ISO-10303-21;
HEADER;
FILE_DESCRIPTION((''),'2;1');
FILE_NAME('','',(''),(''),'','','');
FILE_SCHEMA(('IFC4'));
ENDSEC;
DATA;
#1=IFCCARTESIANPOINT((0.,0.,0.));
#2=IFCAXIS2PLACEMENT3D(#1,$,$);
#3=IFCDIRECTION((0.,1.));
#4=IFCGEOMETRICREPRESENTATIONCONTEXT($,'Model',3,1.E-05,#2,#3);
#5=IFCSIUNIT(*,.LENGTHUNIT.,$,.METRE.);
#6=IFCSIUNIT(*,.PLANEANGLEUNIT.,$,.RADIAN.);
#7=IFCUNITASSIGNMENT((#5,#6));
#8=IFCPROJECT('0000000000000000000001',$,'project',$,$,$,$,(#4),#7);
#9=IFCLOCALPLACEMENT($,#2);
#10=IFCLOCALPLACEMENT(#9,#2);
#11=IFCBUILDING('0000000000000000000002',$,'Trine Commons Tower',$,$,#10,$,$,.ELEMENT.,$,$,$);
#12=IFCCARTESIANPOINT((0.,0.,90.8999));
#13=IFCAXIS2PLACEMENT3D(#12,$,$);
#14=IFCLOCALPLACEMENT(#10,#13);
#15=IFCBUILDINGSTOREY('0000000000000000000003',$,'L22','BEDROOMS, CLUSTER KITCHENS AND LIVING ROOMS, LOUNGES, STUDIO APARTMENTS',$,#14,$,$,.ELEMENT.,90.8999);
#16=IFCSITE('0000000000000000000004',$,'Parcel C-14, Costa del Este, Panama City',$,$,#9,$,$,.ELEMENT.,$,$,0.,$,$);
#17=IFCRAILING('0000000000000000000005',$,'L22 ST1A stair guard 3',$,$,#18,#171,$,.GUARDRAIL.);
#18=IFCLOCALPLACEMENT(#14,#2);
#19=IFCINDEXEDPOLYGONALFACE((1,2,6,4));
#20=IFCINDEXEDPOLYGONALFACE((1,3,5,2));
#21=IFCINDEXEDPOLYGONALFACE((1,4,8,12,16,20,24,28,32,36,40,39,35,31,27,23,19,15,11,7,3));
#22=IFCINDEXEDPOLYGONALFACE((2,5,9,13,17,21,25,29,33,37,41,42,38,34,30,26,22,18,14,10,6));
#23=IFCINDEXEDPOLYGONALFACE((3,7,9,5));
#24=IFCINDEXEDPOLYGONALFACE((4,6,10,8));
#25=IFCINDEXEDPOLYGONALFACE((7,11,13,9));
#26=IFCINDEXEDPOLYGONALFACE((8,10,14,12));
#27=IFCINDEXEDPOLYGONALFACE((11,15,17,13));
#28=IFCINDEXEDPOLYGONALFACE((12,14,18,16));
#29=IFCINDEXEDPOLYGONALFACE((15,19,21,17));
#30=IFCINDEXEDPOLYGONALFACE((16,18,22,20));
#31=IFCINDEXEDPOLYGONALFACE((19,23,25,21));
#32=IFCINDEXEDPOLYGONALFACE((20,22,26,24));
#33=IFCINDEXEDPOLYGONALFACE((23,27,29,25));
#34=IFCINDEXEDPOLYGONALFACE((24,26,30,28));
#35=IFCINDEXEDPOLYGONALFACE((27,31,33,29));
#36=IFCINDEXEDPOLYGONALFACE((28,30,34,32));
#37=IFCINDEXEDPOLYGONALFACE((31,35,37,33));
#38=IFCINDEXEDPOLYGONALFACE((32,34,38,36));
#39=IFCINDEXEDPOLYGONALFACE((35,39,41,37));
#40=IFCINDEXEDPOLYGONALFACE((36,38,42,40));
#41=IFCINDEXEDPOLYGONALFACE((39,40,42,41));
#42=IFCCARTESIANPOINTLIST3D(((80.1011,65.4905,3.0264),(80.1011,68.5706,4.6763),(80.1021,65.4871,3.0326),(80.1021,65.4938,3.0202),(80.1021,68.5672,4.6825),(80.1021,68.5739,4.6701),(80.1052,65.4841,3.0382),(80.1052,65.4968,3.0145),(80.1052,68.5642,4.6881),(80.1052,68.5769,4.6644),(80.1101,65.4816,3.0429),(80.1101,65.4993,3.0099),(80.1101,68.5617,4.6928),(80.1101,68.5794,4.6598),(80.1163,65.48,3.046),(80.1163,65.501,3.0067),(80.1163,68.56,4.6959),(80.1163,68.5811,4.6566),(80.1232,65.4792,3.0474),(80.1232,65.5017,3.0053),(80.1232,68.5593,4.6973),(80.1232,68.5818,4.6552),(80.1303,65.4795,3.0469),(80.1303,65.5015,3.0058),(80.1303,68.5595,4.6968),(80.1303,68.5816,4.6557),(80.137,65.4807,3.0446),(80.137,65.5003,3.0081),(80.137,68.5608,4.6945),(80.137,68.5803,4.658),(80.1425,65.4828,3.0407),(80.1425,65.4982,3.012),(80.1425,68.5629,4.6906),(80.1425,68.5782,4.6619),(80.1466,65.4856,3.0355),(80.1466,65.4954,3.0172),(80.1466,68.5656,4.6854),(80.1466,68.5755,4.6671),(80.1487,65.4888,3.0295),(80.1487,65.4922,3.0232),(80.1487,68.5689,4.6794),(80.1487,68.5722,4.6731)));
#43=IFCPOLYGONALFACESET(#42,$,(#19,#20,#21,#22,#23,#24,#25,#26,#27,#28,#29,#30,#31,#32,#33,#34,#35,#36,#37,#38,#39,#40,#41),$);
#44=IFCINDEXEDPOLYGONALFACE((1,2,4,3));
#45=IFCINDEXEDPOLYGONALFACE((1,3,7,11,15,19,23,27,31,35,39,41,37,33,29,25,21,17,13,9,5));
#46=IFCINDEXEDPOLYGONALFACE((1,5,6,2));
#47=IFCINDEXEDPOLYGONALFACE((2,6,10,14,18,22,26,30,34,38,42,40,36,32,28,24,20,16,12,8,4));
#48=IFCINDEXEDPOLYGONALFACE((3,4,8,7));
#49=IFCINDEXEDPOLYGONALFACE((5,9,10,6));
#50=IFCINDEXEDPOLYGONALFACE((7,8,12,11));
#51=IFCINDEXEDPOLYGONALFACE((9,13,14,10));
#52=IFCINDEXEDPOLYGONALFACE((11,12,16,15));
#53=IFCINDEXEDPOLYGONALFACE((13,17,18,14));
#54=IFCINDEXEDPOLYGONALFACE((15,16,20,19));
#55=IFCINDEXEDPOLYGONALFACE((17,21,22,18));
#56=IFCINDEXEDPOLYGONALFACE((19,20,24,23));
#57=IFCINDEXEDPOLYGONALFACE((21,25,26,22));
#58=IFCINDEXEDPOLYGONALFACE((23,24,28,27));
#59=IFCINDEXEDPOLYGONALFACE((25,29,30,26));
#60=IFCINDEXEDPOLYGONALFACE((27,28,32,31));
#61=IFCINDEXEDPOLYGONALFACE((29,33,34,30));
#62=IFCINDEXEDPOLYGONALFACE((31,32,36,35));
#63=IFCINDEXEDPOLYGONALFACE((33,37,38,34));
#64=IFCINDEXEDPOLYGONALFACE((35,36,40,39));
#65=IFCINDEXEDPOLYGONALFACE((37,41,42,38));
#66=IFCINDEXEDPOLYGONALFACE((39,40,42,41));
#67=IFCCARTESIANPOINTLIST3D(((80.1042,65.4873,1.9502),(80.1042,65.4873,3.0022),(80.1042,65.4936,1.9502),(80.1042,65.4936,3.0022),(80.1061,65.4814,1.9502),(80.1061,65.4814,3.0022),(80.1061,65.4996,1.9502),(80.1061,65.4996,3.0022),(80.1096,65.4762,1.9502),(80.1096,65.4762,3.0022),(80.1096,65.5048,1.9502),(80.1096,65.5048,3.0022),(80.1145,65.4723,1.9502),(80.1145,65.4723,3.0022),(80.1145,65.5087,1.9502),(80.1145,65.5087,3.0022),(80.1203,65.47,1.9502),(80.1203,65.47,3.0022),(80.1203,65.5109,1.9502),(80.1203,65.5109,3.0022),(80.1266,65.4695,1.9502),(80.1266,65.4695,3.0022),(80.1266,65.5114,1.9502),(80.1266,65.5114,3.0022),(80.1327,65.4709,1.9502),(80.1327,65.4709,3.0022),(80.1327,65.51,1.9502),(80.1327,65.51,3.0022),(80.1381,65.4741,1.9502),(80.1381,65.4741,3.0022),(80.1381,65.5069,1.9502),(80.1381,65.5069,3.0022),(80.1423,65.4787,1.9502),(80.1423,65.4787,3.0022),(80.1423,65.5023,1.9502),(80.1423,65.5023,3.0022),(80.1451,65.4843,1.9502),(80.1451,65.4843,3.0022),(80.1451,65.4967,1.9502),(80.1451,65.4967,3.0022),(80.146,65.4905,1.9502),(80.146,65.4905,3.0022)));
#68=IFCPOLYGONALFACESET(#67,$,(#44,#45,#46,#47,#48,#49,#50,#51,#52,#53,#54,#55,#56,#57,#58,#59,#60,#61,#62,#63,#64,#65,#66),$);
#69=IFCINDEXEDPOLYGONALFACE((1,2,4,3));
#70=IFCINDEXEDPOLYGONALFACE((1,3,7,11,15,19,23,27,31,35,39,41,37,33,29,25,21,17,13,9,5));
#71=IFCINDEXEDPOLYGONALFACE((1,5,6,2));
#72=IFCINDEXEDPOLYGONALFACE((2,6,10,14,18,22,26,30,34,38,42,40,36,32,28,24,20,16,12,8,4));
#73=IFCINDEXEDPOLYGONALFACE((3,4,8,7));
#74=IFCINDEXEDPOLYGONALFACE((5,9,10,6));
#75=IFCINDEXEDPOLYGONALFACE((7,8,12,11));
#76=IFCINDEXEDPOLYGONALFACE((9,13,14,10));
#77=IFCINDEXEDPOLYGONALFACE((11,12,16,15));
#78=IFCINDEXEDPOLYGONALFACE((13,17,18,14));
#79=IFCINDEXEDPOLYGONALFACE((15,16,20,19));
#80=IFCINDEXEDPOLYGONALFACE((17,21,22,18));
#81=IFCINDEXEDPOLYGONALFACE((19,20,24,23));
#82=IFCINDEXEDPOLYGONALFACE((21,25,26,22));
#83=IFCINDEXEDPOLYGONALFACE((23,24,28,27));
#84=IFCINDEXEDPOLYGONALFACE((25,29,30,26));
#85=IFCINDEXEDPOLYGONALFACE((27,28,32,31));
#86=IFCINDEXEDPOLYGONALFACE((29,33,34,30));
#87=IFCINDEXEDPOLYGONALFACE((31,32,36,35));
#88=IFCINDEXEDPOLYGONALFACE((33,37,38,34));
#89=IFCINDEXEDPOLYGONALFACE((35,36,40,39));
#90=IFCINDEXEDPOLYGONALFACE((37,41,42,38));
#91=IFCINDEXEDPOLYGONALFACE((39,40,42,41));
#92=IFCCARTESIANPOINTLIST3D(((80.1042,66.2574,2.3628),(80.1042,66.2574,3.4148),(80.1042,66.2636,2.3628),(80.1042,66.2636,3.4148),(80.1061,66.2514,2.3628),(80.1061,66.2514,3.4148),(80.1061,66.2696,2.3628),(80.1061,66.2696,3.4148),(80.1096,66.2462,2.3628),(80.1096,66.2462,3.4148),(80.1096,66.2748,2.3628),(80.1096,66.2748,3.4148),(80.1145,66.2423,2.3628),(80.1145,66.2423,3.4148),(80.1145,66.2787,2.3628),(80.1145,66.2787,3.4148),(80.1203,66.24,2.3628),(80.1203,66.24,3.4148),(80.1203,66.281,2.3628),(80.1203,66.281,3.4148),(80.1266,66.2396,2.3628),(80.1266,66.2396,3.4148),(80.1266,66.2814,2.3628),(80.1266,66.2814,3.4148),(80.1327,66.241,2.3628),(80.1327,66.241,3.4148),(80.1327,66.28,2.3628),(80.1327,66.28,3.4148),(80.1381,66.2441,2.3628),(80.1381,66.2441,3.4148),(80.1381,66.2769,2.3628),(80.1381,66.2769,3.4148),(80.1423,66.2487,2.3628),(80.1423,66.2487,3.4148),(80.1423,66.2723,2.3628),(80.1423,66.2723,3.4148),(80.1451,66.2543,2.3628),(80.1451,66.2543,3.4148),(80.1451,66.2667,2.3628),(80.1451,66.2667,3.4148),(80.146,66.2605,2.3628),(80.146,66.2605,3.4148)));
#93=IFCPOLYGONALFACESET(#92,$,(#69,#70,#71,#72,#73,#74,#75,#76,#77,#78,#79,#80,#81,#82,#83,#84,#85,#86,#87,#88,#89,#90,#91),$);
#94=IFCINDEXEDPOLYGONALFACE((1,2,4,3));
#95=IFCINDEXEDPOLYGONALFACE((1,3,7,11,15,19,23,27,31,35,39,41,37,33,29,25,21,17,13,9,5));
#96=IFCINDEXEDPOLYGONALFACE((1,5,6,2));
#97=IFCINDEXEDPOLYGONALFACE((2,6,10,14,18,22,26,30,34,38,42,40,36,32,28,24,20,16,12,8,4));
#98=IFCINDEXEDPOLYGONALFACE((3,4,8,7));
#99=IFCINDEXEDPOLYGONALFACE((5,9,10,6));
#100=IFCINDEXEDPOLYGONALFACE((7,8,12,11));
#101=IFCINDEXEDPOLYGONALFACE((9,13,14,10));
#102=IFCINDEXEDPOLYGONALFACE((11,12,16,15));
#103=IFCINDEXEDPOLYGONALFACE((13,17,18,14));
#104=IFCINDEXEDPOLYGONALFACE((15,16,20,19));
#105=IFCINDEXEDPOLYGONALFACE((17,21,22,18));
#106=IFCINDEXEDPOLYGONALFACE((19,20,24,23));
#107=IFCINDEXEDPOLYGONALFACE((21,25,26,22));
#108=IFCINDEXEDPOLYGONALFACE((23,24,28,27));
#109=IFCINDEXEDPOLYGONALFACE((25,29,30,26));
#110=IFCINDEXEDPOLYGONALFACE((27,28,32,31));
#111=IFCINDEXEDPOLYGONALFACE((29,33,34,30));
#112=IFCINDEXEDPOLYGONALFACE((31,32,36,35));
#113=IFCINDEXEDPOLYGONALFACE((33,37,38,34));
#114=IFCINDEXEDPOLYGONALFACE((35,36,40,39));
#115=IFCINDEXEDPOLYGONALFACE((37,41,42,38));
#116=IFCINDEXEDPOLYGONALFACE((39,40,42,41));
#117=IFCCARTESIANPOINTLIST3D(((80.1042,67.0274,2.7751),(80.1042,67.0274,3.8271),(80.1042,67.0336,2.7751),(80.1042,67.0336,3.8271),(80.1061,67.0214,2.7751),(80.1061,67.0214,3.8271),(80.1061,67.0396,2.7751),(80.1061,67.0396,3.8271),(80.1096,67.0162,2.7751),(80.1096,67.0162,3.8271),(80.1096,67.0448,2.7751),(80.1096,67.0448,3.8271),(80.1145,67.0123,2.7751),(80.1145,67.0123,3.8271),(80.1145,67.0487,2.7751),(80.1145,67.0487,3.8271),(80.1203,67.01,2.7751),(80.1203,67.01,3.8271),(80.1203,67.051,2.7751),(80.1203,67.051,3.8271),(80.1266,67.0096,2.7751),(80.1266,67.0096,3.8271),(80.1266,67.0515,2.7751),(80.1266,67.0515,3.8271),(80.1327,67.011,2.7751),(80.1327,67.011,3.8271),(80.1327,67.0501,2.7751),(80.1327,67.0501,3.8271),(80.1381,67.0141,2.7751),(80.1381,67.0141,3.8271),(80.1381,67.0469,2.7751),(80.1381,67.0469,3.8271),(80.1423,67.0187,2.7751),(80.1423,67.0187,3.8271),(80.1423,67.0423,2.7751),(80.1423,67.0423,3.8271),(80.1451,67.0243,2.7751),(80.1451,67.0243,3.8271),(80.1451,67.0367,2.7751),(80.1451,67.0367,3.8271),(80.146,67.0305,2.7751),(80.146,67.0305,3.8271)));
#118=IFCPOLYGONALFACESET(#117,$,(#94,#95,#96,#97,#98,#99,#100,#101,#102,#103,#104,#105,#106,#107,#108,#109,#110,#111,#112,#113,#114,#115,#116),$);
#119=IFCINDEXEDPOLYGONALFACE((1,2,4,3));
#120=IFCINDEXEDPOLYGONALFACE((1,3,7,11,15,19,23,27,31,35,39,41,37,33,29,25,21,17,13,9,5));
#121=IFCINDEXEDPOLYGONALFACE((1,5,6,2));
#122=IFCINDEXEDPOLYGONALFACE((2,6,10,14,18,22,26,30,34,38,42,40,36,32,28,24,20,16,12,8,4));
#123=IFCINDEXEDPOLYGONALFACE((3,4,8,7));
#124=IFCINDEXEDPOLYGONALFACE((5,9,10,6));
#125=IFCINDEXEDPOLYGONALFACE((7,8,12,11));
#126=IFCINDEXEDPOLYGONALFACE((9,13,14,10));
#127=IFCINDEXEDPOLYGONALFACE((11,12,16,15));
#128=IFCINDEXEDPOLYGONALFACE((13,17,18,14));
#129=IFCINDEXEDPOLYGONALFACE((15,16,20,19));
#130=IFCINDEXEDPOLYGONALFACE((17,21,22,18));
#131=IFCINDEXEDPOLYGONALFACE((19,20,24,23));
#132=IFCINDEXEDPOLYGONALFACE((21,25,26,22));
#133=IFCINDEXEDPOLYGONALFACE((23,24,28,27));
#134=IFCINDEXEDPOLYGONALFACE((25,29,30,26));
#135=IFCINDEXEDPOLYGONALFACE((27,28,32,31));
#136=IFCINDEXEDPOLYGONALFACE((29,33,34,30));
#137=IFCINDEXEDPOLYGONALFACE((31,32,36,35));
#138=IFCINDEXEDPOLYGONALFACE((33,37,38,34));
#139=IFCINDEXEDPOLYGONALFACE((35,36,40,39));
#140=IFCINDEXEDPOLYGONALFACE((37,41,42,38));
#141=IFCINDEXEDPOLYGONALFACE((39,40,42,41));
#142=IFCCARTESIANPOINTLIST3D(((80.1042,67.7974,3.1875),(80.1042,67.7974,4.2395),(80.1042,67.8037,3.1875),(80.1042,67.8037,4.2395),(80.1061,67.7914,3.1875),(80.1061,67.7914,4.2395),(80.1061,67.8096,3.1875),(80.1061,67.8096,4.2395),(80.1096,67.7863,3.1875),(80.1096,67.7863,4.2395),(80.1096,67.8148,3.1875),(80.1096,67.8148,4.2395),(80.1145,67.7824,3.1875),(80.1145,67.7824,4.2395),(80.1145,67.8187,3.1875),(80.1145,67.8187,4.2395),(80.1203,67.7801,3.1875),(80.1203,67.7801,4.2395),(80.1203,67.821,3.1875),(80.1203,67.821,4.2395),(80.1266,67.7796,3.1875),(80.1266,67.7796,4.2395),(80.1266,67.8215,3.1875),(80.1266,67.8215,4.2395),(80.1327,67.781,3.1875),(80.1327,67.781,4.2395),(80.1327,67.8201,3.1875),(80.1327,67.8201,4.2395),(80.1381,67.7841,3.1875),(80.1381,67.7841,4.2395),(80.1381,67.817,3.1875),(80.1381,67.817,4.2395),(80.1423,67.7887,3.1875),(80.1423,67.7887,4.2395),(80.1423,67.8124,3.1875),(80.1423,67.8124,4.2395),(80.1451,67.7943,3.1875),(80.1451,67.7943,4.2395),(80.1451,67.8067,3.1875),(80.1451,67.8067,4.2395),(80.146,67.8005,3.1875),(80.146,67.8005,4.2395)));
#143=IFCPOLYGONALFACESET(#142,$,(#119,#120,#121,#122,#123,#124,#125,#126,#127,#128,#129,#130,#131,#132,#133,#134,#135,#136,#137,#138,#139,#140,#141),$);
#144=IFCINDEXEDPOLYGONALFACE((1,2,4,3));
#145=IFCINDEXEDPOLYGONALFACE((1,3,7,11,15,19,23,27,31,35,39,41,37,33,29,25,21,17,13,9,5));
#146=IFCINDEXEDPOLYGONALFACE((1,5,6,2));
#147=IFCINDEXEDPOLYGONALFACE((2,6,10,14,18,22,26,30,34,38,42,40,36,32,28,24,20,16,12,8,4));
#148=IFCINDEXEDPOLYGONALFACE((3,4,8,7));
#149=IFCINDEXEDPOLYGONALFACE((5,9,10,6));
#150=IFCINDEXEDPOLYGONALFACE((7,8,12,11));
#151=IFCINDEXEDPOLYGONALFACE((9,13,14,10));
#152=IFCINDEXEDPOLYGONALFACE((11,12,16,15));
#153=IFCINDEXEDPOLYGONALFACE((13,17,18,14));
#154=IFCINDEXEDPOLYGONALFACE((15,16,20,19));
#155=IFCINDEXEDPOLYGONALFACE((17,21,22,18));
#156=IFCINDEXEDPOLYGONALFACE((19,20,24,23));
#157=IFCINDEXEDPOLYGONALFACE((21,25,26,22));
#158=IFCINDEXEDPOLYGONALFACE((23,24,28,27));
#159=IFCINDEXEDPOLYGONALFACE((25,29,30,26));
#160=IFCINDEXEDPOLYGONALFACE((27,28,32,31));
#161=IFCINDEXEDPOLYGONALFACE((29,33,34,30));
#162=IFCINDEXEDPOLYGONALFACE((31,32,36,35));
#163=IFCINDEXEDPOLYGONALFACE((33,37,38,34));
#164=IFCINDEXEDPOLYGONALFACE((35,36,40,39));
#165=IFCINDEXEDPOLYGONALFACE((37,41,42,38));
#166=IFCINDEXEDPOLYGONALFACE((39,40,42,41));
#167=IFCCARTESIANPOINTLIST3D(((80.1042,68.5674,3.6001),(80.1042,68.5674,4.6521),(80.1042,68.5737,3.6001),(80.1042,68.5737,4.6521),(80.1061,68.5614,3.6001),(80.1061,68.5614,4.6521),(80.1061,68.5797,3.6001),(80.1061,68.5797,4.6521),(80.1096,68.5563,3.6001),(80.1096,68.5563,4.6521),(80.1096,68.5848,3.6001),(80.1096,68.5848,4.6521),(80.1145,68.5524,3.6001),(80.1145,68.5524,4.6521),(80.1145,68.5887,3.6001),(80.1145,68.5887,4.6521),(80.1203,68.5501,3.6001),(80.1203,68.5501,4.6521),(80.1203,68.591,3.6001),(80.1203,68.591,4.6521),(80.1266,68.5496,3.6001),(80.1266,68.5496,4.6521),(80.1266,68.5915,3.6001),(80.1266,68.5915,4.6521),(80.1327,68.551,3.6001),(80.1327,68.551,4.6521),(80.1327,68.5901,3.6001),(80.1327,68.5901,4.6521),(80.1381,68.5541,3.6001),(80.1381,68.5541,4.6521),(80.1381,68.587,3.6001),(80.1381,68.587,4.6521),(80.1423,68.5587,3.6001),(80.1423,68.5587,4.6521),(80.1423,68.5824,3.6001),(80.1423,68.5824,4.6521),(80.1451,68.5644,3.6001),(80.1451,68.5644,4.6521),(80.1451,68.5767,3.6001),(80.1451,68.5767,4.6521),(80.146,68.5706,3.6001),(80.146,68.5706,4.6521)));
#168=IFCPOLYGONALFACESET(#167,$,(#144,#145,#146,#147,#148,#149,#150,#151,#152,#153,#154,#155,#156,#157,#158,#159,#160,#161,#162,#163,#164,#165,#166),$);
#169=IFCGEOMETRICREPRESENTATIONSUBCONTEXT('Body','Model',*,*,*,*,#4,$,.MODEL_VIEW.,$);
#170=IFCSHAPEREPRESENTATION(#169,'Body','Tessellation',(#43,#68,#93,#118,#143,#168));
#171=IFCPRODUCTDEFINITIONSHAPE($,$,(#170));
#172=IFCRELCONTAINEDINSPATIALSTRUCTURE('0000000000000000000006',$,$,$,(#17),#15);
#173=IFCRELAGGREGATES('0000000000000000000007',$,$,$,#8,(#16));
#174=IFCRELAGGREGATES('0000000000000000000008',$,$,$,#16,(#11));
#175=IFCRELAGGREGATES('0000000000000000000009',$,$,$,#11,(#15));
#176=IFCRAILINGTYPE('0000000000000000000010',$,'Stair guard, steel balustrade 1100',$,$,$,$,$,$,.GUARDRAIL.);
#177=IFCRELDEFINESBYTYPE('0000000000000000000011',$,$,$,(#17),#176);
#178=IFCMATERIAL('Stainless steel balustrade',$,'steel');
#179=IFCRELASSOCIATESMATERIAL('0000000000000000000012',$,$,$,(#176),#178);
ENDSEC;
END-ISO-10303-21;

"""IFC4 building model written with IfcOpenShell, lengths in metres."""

from ifc_helpers import new_model, si_unit, direction, frame, origin, origin_2d, place, context, subcontext, project, spatial, circle, extrude, material, type_object, element, save


model = new_model("IFC4")

# Units and contexts
model_context = context("Model", 3, precision=1e-05, world=origin(), true_north=direction((0.0, 1.0)))
body_context = subcontext(model_context, "Body", "Model", "MODEL_VIEW")
ifc_project = project(units=[si_unit("LENGTHUNIT", "METRE"), si_unit("PLANEANGLEUNIT", "RADIAN")], contexts=[model_context])

# Site, building, storey
site_placement = place(None, origin())
site = spatial("IfcSite", under=ifc_project, at=site_placement, Name="Parcel C-14, Costa del Este, Panama City", CompositionType="ELEMENT", RefElevation=0.0)
building_placement = place(site_placement, origin())
building = spatial("IfcBuilding", under=site, at=building_placement, Name="Trine Commons Tower", CompositionType="ELEMENT")
storey_placement = place(building_placement, frame((0.0, 0.0, 90.8999)))
storey = spatial("IfcBuildingStorey", under=building, at=storey_placement, Name="L22", Description="BEDROOMS, CLUSTER KITCHENS AND LIVING ROOMS, LOUNGES, STUDIO APARTMENTS", CompositionType="ELEMENT", Elevation=90.8999)

# Railing
ifc_material_1 = material(Name="Stainless steel balustrade", Category="steel")
railing_type_1 = type_object("IfcRailingType", Name="Stair guard, steel balustrade 1100", PredefinedType="GUARDRAIL", material=ifc_material_1)
railing_1_placement = place(storey_placement, frame((80.125, 65.4905, 1.9502)))
element("IfcRailing", 1, at=railing_1_placement, inside=storey, type_object=railing_type_1, Name="L22 ST1A stair guard 3", PredefinedType="GUARDRAIL", context=body_context, shape_type="SweptSolid", body=[
    extrude(circle(Radius=0.0239, at=origin_2d()), frame((0.0, 0.0, 1.0762), z_axis=(0.0, 0.881497, 0.47219), x_axis=(-1.0, 0.0, 0.0)), (0.0, 0.0, 1.0), 3.4941),
    extrude(circle(Radius=0.021, at=origin_2d()), origin(), (0.0, 0.0, 1.0), 1.052),
    extrude(circle(Radius=0.021, at=origin_2d()), frame((0.0, 0.77, 0.4126)), (0.0, 0.0, 1.0), 1.052),
    extrude(circle(Radius=0.021, at=origin_2d()), frame((0.0, 1.54, 0.825)), (0.0, 0.0, 1.0), 1.052),
    extrude(circle(Radius=0.021, at=origin_2d()), frame((0.0, 2.3101, 1.2373)), (0.0, 0.0, 1.0), 1.052),
    extrude(circle(Radius=0.021, at=origin_2d()), frame((0.0, 3.0801, 1.6499)), (0.0, 0.0, 1.0), 1.052),
])

save(model, "model.ifc")
